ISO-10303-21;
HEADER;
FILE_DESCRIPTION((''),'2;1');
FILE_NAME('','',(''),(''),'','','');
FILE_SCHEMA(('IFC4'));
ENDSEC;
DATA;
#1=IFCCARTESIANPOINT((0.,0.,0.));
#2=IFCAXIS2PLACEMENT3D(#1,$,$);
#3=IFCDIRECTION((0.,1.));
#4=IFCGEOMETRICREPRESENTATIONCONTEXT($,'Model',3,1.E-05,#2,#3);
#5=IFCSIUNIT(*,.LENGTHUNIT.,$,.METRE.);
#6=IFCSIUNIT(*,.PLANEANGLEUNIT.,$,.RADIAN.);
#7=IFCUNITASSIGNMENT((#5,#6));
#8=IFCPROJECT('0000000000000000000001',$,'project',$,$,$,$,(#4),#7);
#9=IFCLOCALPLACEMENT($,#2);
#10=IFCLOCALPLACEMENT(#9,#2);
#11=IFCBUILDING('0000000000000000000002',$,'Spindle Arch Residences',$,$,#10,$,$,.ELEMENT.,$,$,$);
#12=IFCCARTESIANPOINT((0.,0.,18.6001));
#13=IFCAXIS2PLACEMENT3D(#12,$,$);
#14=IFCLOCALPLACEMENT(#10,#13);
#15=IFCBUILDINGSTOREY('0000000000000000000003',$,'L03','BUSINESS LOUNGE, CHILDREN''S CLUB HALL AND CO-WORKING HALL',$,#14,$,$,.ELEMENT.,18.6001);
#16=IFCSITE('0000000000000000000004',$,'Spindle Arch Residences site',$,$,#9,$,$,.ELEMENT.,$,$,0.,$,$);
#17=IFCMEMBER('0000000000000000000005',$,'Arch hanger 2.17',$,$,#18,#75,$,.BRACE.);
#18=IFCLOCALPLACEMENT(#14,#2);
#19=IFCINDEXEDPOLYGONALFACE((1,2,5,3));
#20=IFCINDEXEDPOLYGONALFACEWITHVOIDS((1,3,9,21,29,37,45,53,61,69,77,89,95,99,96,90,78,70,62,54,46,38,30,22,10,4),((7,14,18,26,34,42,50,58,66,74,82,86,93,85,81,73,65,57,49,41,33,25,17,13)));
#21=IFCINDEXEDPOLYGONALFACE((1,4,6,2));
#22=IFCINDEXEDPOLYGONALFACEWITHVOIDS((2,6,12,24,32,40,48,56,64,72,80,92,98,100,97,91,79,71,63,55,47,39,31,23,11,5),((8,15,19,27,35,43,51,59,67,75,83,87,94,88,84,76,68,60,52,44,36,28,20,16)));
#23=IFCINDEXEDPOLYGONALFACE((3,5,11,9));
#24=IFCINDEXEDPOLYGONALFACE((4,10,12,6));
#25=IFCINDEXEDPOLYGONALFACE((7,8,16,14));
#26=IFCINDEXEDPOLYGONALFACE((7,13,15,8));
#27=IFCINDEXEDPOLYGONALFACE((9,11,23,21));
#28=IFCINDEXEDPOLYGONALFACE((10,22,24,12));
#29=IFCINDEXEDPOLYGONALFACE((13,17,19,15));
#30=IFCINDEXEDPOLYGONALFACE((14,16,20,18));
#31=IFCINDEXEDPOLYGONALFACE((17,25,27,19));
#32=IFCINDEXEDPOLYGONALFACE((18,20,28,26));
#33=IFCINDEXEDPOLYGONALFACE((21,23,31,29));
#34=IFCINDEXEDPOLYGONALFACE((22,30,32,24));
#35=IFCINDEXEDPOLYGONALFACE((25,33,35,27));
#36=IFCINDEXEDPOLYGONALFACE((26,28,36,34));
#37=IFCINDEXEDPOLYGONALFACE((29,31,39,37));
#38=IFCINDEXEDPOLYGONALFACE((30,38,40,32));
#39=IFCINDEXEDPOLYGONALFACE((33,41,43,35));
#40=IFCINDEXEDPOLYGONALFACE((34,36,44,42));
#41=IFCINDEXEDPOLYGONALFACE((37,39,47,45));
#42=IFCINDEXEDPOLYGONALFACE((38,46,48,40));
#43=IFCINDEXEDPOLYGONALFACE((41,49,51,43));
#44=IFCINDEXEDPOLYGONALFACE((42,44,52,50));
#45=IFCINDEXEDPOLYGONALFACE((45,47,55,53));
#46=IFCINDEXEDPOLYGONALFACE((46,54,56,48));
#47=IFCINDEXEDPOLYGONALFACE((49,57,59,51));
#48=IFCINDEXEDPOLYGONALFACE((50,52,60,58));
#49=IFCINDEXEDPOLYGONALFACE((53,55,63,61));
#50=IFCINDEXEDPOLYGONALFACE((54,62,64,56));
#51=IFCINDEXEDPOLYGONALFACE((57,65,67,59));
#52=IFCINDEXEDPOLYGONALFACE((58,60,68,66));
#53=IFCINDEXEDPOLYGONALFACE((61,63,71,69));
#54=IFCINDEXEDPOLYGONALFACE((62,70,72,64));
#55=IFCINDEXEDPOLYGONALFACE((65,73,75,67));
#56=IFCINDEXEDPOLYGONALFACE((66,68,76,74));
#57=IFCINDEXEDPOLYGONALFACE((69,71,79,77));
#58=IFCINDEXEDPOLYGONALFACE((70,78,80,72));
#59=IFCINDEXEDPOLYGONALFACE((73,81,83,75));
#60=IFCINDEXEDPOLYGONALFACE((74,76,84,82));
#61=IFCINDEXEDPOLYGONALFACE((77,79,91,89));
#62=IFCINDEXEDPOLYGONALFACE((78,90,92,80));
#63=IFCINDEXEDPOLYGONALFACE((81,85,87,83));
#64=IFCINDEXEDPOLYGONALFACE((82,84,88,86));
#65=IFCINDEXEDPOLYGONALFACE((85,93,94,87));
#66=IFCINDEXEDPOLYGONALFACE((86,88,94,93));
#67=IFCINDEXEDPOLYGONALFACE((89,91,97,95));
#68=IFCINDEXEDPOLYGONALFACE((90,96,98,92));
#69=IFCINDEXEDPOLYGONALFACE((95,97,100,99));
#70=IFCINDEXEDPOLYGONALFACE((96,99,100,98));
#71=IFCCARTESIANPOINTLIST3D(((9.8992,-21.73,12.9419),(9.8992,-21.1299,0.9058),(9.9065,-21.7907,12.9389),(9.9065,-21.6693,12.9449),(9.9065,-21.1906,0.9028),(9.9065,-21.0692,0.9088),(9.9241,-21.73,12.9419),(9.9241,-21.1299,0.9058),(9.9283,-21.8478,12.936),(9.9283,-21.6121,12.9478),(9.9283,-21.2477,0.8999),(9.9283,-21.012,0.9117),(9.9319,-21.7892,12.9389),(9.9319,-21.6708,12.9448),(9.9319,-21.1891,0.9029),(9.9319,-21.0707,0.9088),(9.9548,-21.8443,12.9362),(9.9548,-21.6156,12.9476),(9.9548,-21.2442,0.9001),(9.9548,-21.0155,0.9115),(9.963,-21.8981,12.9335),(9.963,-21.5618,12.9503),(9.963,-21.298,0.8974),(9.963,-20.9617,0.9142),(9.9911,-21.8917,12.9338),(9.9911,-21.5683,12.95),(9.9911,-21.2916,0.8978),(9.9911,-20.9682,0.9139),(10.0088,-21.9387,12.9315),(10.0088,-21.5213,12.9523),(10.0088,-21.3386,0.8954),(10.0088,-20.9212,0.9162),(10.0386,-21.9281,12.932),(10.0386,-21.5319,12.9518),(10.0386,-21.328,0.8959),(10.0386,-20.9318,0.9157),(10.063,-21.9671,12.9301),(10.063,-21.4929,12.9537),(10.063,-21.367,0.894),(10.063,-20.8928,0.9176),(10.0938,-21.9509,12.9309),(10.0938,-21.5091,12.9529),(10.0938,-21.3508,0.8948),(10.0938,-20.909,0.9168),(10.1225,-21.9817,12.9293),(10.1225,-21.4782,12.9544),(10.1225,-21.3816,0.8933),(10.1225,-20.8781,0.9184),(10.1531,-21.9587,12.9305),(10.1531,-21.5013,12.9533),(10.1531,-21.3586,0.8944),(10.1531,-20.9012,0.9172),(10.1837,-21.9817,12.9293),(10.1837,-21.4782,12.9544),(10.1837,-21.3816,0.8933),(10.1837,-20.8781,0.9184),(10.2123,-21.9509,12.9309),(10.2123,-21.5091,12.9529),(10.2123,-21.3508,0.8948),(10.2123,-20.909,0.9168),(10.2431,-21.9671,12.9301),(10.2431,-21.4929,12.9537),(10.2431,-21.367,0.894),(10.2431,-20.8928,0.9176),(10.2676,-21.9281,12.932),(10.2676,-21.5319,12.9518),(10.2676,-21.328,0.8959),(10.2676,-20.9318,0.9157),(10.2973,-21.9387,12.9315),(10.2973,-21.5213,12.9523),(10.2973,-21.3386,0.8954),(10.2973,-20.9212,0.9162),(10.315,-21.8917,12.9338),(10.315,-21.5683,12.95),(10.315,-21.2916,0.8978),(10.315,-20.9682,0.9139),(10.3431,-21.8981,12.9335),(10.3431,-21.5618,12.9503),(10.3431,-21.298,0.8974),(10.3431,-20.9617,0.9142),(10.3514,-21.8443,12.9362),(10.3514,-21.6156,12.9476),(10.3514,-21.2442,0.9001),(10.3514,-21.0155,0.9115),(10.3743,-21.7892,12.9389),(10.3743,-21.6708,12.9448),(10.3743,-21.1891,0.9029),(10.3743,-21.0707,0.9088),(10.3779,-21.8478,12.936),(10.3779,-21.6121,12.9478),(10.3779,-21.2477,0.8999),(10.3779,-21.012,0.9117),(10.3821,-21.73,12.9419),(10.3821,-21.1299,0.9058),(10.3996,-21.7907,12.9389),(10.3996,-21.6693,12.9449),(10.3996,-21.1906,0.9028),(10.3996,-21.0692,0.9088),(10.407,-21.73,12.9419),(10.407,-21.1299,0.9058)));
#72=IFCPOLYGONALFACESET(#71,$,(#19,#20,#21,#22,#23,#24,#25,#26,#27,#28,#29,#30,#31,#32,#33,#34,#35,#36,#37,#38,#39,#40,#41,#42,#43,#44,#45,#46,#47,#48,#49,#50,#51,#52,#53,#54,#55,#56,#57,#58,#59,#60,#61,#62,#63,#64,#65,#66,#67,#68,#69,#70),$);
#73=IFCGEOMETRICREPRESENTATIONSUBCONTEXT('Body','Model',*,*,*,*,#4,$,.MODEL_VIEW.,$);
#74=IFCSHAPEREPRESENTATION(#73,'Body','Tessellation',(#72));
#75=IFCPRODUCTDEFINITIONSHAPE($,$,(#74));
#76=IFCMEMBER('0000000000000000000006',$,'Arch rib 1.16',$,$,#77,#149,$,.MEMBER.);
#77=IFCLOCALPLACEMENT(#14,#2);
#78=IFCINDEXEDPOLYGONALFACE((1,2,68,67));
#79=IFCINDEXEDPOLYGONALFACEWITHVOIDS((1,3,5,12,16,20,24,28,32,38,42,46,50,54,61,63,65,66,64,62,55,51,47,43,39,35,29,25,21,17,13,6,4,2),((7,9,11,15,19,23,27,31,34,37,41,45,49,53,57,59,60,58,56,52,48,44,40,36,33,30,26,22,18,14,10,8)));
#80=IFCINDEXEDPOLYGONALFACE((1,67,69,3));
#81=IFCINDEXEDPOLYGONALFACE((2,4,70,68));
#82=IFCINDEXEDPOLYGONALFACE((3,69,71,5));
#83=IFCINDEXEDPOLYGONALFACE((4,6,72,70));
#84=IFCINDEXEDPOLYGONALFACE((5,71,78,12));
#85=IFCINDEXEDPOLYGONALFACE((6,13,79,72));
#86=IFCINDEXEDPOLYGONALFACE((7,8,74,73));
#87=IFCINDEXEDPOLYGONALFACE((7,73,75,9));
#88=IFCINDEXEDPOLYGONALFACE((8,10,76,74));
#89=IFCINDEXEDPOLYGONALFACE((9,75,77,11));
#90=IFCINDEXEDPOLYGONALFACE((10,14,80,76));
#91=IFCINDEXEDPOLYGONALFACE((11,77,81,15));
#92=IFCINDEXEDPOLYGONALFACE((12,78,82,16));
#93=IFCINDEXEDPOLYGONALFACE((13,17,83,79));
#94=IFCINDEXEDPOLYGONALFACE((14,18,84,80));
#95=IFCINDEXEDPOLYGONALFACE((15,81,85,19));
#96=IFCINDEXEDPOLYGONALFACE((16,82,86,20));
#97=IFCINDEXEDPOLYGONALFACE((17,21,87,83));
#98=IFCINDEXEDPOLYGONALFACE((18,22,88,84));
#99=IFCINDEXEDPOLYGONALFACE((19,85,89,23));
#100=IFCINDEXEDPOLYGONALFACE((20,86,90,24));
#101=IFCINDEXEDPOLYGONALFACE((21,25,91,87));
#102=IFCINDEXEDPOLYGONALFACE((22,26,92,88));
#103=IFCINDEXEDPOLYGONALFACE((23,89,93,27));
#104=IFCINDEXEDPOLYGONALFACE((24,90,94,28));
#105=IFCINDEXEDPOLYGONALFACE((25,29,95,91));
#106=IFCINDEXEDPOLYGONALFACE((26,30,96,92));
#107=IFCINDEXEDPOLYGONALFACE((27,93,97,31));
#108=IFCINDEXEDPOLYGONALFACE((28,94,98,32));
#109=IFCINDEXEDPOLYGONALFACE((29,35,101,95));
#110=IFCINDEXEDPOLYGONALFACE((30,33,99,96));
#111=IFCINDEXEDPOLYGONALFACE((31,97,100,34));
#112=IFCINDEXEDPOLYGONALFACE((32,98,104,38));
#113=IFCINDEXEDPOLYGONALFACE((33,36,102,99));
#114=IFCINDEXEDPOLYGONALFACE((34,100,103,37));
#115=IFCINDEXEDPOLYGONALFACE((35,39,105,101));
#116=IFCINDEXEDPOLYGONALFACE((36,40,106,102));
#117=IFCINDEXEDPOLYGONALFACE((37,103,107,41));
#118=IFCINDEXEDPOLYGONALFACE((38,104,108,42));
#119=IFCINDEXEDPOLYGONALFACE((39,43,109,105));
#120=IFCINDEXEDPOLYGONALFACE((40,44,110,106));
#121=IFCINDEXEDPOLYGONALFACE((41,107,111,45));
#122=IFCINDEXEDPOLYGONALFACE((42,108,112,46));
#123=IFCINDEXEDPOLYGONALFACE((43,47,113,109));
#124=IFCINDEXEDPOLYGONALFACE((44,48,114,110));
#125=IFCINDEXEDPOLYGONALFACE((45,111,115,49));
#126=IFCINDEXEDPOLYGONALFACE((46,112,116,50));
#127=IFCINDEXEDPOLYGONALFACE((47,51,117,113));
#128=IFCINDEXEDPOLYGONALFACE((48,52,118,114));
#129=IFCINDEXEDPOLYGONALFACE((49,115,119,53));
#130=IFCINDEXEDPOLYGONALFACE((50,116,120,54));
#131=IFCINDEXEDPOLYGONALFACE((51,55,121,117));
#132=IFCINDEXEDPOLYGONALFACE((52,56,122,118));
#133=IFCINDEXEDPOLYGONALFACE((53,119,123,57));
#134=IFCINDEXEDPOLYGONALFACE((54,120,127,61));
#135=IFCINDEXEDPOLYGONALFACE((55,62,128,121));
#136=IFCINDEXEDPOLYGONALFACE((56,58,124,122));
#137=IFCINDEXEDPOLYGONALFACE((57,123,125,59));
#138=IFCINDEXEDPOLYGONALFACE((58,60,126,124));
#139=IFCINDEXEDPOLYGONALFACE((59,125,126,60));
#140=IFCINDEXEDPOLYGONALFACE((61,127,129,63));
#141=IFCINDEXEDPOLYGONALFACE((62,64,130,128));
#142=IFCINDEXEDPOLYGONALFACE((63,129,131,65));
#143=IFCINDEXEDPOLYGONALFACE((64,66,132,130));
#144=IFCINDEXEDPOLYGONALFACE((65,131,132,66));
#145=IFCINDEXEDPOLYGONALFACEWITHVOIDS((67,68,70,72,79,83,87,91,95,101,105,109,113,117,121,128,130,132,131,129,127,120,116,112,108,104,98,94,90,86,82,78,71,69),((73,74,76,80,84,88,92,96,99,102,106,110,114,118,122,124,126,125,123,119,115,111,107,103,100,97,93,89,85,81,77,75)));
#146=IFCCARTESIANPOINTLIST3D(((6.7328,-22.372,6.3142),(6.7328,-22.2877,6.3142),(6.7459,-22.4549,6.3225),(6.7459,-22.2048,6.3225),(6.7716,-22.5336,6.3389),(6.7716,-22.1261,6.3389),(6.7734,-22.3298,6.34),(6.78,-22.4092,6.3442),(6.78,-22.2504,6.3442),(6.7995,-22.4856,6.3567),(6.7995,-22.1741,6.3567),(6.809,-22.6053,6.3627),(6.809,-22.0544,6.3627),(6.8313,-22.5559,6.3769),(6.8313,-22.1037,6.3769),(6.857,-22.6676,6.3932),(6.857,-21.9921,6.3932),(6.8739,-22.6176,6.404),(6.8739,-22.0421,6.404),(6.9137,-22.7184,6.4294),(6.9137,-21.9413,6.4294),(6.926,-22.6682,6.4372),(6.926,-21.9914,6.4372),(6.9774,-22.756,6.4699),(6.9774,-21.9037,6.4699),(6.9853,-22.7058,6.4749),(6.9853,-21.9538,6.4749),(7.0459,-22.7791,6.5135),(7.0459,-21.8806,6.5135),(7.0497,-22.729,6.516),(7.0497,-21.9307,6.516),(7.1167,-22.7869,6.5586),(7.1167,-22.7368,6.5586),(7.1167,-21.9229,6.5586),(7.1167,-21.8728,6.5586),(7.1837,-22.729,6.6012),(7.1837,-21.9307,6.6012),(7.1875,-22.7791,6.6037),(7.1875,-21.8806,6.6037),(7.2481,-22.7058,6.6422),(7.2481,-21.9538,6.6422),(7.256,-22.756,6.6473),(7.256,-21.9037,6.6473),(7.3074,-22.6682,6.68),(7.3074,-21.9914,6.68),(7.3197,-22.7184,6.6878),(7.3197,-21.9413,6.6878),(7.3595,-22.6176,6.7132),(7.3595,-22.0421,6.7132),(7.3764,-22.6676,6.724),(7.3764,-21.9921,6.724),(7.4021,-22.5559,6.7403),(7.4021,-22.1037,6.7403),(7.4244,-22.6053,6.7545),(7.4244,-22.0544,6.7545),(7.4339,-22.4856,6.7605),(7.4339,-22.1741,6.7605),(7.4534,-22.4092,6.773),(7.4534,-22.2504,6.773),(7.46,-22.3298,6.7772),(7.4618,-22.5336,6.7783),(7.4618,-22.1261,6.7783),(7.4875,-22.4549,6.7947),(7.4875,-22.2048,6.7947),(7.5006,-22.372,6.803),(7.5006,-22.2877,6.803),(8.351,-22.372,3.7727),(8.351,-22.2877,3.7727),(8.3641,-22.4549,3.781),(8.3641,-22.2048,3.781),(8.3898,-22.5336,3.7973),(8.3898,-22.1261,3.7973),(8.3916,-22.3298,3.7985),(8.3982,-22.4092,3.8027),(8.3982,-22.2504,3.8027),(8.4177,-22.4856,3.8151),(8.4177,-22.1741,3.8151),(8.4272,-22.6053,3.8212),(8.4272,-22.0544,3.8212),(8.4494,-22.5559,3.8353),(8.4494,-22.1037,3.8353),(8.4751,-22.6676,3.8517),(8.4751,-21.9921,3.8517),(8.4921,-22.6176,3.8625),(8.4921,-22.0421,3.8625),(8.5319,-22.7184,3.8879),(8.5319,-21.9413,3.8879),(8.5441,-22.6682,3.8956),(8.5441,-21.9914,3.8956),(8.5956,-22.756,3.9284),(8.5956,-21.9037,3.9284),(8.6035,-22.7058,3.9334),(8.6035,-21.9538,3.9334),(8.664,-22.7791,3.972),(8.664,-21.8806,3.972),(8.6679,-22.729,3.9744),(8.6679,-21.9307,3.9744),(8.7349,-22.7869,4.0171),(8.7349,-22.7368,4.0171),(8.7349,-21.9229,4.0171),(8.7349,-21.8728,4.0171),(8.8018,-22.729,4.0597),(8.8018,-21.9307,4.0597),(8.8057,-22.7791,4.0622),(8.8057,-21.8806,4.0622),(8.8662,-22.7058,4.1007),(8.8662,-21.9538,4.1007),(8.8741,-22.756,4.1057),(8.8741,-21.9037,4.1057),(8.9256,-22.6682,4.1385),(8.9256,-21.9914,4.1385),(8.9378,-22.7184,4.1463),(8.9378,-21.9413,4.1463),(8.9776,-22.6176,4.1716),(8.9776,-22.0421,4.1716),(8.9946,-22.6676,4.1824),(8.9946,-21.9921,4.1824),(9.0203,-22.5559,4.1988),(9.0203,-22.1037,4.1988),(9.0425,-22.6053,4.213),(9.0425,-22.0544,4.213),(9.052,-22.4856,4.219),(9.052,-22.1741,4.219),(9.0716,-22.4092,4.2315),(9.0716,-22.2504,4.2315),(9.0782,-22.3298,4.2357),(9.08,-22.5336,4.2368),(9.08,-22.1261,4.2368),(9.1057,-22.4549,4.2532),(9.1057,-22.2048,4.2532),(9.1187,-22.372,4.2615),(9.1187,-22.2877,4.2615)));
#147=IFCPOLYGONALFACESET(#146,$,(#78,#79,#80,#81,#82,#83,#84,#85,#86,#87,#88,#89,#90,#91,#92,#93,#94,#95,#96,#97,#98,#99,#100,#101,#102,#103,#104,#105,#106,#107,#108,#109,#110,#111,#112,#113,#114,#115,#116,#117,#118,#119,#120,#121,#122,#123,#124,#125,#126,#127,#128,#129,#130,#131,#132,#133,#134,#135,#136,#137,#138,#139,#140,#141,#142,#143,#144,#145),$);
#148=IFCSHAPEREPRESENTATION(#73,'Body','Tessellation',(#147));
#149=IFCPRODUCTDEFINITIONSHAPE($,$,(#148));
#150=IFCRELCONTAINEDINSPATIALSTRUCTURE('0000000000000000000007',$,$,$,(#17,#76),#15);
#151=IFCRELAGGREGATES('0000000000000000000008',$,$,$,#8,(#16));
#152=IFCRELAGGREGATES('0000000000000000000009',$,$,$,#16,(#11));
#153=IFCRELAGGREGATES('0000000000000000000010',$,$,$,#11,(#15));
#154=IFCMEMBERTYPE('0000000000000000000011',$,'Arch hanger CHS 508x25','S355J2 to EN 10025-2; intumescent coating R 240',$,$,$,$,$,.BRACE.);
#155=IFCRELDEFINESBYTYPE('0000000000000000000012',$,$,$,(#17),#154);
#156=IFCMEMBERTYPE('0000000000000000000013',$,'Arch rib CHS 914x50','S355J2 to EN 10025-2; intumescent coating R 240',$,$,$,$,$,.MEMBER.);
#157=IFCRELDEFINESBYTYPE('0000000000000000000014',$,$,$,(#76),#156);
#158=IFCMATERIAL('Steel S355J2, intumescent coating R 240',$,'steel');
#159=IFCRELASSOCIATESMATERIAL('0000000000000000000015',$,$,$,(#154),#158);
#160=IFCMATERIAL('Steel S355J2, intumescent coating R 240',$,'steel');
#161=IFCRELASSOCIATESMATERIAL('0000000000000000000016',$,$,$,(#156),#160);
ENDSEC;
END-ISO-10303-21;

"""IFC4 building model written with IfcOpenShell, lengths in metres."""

from ifc_helpers import new_model, si_unit, direction, frame, origin, origin_2d, place, context, subcontext, project, spatial, hollow_circle, extrude, material, material_profile, profile_set, type_object, element, save


model = new_model("IFC4")

# Units and contexts
model_context = context("Model", 3, precision=1e-05, world=origin(), true_north=direction((0.0, 1.0)))
body_context = subcontext(model_context, "Body", "Model", "MODEL_VIEW")
ifc_project = project(units=[si_unit("LENGTHUNIT", "METRE"), si_unit("PLANEANGLEUNIT", "RADIAN")], contexts=[model_context])

# Site, building, storey
site_placement = place(None, origin())
site = spatial("IfcSite", under=ifc_project, at=site_placement, Name="Spindle Arch Residences site", CompositionType="ELEMENT", RefElevation=0.0)
building_placement = place(site_placement, origin())
building = spatial("IfcBuilding", under=site, at=building_placement, Name="Spindle Arch Residences", CompositionType="ELEMENT")
storey_placement = place(building_placement, frame((0.0, 0.0, 18.6001)))
storey = spatial("IfcBuildingStorey", under=building, at=storey_placement, Name="L03", Description="BUSINESS LOUNGE, CHILDREN'S CLUB HALL AND CO-WORKING HALL", CompositionType="ELEMENT", Elevation=18.6001)

# Members
ifc_material_1 = material(Name="Steel S355J2, intumescent coating R 240", Category="steel")
ifc_material_profile_1 = material_profile(ifc_material_1, hollow_circle(Radius=0.2539, WallThickness=0.0249, at=origin_2d()), Name="CHS 508x25")
ifc_profile_set_1 = profile_set([ifc_material_profile_1], Name="Steel S355J2, intumescent coating R 240")
member_type_1 = type_object("IfcMemberType", Name="Arch hanger CHS 508x25", Description="S355J2 to EN 10025-2; intumescent coating R 240", PredefinedType="BRACE", material=ifc_profile_set_1)
member_1_placement = place(storey_placement, frame((10.1531, -21.73, 12.9419), z_axis=(0.0, 0.049796, -0.998759), x_axis=(-1.0, 0.0, 0.0)))
element("IfcMember", 1, at=member_1_placement, inside=storey, type_object=member_type_1, Name="Arch hanger 2.17", PredefinedType="BRACE", context=body_context, shape_type="SweptSolid", body=[
    extrude(hollow_circle(Radius=0.2539, WallThickness=0.0249, at=origin_2d()), origin(), (0.0, 0.0, 1.0), 12.051),
])
ifc_material_2 = material(Name="Steel S355J2, intumescent coating R 240", Category="steel")
ifc_material_profile_2 = material_profile(ifc_material_2, hollow_circle(Radius=0.457, WallThickness=0.05, at=origin_2d()), Name="CHS 914x50")
ifc_profile_set_2 = profile_set([ifc_material_profile_2], Name="Steel S355J2, intumescent coating R 240")
member_type_2 = type_object("IfcMemberType", Name="Arch rib CHS 914x50", Description="S355J2 to EN 10025-2; intumescent coating R 240", PredefinedType="MEMBER", material=ifc_profile_set_2)
member_2_placement = place(storey_placement, frame((7.1167, -22.3298, 6.5586), z_axis=(0.537075, 0.0, -0.843535), x_axis=(0.0, 1.0, 0.0)))
element("IfcMember", 2, at=member_2_placement, inside=storey, type_object=member_type_2, Name="Arch rib 1.16", PredefinedType="MEMBER", context=body_context, shape_type="SweptSolid", body=[
    extrude(hollow_circle(Radius=0.457, WallThickness=0.05, at=origin_2d()), origin(), (0.0, 0.0, 1.0), 3.0129),
])

save(model, "model.ifc")
